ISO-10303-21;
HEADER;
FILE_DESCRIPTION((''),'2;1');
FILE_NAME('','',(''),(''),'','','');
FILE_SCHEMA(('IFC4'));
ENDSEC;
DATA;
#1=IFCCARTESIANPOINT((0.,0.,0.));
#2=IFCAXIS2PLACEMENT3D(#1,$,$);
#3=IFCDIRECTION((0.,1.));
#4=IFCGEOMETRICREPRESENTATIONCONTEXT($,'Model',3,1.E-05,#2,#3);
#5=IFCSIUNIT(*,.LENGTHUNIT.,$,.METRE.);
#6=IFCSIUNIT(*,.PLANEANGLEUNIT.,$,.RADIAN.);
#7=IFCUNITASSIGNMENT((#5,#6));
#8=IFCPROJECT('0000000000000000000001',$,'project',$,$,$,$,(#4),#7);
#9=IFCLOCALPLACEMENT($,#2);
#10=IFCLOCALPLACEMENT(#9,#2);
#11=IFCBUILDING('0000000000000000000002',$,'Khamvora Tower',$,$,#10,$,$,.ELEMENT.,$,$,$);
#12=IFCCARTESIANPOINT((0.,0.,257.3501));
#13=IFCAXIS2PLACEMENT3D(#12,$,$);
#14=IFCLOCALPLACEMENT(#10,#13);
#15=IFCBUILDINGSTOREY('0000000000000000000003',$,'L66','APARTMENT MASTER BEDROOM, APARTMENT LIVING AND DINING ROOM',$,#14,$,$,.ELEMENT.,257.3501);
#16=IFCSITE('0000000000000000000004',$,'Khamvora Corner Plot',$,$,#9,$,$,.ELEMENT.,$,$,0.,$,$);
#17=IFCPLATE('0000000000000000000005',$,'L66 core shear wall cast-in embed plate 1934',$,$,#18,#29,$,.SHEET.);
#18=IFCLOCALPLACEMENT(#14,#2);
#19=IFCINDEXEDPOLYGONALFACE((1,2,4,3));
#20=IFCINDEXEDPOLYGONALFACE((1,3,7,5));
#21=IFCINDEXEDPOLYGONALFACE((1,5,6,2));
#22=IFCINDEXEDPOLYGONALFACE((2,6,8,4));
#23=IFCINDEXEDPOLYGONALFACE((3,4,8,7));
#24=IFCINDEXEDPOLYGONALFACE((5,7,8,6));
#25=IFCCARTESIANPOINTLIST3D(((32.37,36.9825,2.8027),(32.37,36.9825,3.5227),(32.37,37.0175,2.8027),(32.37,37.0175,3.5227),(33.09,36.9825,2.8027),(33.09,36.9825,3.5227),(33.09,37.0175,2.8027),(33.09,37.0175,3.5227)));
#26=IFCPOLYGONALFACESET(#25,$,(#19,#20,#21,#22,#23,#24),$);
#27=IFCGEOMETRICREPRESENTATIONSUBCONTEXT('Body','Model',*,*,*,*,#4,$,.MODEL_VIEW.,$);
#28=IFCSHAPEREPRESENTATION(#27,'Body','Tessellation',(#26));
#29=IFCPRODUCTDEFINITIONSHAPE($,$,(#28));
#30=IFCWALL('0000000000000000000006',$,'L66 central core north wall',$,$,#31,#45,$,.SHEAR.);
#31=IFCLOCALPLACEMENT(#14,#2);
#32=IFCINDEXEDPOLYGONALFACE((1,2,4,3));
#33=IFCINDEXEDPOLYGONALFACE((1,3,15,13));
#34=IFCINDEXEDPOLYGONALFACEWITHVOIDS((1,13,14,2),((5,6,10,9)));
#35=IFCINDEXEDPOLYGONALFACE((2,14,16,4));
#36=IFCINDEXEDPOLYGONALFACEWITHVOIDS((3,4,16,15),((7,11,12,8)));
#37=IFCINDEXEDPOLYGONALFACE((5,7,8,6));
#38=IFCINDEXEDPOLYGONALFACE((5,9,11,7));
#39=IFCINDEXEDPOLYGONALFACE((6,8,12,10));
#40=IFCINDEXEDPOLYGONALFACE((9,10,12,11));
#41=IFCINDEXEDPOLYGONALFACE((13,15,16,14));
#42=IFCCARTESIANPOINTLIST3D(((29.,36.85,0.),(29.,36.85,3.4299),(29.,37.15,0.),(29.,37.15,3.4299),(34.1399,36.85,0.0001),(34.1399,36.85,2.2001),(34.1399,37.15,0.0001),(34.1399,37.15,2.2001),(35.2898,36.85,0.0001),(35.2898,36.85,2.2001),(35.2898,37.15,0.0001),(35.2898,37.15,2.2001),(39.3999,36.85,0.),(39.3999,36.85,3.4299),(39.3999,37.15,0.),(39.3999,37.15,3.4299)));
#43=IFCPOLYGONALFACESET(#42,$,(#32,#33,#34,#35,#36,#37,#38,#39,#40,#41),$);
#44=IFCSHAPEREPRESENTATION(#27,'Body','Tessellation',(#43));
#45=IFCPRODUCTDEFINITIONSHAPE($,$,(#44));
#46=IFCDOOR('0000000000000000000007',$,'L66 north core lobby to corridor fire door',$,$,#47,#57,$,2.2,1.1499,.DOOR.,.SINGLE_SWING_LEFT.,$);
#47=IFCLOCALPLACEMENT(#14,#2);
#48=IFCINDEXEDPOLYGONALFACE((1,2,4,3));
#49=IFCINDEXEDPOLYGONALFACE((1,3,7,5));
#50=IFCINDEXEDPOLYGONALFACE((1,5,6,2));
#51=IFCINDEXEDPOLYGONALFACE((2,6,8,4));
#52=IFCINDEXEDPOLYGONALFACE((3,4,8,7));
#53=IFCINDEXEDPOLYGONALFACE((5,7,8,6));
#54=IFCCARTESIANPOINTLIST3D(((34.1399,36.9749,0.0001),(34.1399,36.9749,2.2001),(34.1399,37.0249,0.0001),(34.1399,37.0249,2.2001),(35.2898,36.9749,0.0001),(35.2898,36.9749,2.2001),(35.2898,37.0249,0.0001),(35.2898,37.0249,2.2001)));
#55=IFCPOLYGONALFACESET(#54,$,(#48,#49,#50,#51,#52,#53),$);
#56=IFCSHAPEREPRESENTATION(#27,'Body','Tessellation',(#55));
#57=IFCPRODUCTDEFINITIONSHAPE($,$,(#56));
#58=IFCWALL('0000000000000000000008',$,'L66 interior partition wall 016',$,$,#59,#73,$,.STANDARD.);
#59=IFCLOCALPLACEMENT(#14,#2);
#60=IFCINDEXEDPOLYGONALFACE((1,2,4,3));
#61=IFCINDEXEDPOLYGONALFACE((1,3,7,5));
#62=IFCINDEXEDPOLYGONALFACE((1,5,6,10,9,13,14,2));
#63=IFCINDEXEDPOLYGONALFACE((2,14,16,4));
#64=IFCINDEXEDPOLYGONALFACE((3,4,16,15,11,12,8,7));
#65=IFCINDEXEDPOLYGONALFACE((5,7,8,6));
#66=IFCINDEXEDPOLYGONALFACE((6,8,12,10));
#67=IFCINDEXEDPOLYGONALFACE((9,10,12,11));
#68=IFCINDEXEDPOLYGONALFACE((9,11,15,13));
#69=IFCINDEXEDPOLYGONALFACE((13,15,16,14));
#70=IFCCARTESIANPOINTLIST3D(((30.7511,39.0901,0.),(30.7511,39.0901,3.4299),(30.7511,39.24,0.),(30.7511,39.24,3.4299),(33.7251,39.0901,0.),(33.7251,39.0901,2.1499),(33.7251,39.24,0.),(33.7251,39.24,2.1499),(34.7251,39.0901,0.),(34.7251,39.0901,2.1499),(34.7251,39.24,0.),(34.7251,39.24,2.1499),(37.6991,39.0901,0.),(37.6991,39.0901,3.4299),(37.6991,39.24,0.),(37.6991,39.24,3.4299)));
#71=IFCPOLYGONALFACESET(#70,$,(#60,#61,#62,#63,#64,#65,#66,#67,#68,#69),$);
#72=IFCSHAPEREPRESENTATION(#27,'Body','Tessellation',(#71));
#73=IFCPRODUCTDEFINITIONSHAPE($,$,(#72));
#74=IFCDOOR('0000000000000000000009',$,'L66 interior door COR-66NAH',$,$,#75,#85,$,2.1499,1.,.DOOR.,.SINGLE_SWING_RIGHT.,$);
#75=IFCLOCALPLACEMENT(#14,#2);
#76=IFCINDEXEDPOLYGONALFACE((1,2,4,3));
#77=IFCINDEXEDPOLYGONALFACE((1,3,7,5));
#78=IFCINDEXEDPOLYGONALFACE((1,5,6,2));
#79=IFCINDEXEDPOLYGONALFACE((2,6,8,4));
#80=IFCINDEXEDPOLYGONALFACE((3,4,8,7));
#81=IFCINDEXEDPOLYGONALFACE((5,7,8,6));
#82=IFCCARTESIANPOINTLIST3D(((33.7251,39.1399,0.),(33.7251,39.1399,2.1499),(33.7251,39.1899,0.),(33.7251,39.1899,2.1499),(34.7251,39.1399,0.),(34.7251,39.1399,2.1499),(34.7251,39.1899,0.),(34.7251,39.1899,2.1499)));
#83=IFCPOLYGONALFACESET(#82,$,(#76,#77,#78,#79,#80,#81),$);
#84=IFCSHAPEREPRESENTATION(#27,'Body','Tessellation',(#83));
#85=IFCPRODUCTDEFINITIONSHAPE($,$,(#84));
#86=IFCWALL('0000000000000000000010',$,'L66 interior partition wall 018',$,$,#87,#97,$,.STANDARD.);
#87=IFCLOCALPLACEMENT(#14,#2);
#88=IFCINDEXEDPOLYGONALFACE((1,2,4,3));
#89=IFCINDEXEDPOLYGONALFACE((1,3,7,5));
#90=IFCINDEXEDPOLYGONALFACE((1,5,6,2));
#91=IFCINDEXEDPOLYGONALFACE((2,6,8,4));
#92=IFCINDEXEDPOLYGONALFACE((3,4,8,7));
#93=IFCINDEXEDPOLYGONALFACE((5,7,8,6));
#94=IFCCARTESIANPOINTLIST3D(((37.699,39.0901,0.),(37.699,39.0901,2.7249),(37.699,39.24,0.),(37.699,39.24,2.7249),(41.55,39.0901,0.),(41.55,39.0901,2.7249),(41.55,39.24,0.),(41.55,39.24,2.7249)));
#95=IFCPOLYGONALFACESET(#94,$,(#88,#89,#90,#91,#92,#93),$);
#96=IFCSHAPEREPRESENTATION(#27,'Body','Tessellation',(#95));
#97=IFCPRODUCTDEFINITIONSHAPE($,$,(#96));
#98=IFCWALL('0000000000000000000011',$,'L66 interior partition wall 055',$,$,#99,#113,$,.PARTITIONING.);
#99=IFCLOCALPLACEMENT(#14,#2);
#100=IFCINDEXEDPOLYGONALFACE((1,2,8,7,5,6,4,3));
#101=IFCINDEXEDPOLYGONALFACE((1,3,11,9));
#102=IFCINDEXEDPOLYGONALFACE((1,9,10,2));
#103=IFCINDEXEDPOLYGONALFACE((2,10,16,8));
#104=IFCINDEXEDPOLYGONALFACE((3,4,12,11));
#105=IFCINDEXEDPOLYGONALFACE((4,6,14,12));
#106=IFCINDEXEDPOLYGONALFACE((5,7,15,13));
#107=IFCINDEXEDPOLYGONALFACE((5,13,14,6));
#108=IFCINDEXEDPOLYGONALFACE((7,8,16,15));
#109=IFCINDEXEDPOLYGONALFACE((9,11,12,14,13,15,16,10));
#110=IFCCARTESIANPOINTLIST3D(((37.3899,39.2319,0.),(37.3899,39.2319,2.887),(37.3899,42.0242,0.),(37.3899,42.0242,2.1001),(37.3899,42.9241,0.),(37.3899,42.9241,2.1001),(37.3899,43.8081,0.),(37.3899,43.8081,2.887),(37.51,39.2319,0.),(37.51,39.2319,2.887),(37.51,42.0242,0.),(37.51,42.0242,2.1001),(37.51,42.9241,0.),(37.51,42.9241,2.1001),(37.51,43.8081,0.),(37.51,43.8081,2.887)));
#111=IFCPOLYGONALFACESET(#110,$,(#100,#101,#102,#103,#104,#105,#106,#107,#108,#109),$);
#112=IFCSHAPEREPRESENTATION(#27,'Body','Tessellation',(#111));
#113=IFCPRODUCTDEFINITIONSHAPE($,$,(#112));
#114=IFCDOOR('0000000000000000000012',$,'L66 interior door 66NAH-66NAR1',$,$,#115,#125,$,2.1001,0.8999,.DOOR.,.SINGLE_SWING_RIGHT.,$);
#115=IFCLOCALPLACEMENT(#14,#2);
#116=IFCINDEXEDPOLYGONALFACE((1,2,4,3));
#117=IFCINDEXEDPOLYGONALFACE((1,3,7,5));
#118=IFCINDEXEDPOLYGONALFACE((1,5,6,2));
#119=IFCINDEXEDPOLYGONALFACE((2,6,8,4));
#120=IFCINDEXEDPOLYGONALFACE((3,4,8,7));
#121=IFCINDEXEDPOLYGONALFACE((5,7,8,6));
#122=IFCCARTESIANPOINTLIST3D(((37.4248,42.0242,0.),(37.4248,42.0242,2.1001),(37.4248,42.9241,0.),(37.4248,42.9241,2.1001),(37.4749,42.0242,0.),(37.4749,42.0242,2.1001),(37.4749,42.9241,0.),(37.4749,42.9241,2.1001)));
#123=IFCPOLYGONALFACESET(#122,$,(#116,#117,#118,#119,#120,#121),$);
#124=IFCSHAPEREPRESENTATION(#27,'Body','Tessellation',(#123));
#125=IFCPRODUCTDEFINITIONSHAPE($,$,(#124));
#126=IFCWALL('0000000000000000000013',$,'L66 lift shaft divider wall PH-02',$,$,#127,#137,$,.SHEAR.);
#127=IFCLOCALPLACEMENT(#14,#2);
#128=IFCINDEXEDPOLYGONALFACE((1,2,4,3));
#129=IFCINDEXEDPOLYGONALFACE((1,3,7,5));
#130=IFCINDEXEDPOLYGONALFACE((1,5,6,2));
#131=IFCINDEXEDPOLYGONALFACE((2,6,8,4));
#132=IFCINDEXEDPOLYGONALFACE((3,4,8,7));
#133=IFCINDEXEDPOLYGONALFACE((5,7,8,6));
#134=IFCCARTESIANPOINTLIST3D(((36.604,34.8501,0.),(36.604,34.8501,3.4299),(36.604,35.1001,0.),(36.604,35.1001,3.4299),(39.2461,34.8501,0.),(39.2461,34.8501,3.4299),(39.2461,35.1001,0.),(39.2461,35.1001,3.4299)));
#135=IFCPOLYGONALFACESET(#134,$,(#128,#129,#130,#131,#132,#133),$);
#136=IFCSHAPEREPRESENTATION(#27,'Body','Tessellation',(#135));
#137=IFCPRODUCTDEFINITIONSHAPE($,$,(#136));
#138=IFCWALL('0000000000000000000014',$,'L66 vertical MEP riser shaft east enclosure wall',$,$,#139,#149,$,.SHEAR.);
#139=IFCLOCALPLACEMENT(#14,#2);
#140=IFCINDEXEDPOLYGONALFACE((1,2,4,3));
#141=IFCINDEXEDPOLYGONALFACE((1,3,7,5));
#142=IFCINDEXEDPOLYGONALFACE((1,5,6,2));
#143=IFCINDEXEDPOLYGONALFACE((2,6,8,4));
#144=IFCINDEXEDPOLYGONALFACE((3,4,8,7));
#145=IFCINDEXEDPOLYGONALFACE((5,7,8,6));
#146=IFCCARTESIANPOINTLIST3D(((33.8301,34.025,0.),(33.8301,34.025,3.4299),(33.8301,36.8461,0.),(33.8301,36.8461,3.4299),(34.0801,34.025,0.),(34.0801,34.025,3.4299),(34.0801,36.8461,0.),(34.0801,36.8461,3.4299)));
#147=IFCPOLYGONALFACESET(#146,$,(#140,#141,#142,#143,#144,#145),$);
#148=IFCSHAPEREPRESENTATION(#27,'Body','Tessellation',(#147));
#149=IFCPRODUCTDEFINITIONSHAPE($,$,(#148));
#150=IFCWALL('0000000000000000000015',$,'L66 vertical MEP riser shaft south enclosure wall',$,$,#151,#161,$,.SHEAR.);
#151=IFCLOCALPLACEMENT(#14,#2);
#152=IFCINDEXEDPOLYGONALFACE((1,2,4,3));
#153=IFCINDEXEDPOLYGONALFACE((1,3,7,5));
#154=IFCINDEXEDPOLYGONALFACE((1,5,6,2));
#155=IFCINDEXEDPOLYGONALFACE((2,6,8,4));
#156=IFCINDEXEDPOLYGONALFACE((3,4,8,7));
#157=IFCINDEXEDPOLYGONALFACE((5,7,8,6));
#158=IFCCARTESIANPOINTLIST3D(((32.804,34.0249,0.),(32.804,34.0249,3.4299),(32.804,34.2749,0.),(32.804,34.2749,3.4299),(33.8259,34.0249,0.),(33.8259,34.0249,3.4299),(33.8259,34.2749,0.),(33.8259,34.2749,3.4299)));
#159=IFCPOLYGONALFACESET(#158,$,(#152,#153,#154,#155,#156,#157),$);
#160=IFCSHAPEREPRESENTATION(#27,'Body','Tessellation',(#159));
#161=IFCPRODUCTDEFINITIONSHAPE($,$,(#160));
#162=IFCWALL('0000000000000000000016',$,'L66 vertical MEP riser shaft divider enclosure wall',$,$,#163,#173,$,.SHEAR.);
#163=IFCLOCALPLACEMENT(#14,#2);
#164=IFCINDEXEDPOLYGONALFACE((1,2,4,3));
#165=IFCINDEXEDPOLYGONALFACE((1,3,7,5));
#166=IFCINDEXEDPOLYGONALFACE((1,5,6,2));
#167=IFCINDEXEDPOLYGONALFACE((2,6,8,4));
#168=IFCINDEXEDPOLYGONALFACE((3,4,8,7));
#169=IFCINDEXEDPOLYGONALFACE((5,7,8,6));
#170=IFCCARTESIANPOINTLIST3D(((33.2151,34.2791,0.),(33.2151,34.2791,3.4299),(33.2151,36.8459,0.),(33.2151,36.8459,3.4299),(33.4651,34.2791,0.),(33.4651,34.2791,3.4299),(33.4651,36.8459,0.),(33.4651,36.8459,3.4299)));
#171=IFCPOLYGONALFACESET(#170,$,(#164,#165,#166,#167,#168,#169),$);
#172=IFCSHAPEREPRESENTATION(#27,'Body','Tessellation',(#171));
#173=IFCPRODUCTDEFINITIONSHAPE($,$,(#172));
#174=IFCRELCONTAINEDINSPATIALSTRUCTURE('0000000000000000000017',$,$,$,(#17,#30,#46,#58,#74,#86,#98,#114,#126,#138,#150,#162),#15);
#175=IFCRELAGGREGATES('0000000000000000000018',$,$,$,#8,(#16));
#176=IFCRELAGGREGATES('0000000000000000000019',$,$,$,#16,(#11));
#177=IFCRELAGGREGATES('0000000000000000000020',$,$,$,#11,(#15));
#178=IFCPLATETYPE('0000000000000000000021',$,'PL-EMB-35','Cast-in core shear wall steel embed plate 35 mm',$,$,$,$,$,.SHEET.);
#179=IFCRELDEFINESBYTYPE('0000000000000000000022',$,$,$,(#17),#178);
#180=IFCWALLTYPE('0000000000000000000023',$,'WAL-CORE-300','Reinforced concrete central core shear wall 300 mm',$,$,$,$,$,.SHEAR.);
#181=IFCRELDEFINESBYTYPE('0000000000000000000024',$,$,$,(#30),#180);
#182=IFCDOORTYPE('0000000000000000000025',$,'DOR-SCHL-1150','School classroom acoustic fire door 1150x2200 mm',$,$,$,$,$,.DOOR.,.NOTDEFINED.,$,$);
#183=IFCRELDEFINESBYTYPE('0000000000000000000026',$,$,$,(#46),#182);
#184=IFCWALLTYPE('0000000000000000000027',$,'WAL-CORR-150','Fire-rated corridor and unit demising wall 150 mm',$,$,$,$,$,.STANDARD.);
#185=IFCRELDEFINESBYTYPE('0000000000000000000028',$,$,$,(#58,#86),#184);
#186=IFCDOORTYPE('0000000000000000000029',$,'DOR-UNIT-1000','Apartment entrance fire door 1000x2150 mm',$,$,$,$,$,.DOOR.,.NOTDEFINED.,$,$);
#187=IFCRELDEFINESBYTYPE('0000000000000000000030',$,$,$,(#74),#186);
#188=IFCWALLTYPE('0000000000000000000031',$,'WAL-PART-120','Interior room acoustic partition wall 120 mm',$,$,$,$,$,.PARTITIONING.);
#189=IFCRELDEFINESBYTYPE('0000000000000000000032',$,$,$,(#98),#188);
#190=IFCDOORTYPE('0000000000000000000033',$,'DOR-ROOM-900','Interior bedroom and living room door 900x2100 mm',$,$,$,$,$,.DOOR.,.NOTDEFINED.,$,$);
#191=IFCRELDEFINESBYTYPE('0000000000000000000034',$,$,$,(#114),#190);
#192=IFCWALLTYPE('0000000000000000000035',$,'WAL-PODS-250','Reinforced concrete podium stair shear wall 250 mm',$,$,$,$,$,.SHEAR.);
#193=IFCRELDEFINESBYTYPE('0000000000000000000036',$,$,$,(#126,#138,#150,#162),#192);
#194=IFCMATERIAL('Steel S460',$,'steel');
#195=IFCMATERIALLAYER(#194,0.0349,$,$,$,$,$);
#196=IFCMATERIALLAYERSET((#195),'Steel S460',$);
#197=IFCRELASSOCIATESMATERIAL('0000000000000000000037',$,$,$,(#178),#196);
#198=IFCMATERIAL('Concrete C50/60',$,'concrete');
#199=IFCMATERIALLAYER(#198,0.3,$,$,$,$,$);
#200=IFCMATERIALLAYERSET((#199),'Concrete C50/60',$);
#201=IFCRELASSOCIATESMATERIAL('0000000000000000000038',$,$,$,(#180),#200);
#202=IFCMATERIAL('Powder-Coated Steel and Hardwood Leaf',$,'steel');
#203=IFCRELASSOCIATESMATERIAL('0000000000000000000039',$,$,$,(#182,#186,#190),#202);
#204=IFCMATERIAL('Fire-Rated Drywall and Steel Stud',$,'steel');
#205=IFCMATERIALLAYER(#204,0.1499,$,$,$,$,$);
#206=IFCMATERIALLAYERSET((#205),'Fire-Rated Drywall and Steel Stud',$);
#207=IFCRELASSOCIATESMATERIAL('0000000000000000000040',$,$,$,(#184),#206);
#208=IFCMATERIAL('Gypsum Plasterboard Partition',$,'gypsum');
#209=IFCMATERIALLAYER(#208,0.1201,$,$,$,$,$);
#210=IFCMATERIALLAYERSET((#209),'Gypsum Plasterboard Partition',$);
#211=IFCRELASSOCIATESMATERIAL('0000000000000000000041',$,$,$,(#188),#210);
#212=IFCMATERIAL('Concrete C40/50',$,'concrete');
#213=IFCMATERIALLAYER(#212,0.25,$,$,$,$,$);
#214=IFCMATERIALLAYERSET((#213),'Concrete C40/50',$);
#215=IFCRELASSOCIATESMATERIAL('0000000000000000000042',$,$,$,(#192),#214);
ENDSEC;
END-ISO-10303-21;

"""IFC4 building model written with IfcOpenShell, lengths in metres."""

from ifc_helpers import new_model, si_unit, direction, frame, frame_2d, origin, origin_2d, place, context, subcontext, project, spatial, rectangle, extrude, material, layer, layer_set, type_object, element, fill, save


model = new_model("IFC4")

# Units and contexts
model_context = context("Model", 3, precision=1e-05, world=origin(), true_north=direction((0.0, 1.0)))
body_context = subcontext(model_context, "Body", "Model", "MODEL_VIEW")
ifc_project = project(units=[si_unit("LENGTHUNIT", "METRE"), si_unit("PLANEANGLEUNIT", "RADIAN")], contexts=[model_context])

# Site, building, storey
site_placement = place(None, origin())
site = spatial("IfcSite", under=ifc_project, at=site_placement, Name="Khamvora Corner Plot", CompositionType="ELEMENT", RefElevation=0.0)
building_placement = place(site_placement, origin())
building = spatial("IfcBuilding", under=site, at=building_placement, Name="Khamvora Tower", CompositionType="ELEMENT")
storey_placement = place(building_placement, frame((0.0, 0.0, 257.3501)))
storey = spatial("IfcBuildingStorey", under=building, at=storey_placement, Name="L66", Description="APARTMENT MASTER BEDROOM, APARTMENT LIVING AND DINING ROOM", CompositionType="ELEMENT", Elevation=257.3501)

# Plate
ifc_material_1 = material(Name="Steel S460", Category="steel")
ifc_layer_1 = layer(ifc_material_1, 0.0349)
ifc_layer_set_1 = layer_set([ifc_layer_1], Name="Steel S460")
plate_type = type_object("IfcPlateType", Name="PL-EMB-35", Description="Cast-in core shear wall steel embed plate 35 mm", PredefinedType="SHEET", material=ifc_layer_set_1)
plate_1_placement = place(storey_placement, frame((32.73, 37.0, 2.8027), z_axis=(0.0, 0.0, 1.0), x_axis=(1.0, 0.0, 0.0)))
element("IfcPlate", 1, at=plate_1_placement, inside=storey, type_object=plate_type, Name="L66 core shear wall cast-in embed plate 1934", PredefinedType="SHEET", context=body_context, shape_type="SweptSolid", body=[
    extrude(rectangle(XDim=0.72, YDim=0.0349, at=origin_2d()), origin(), (0.0, 0.0, 1.0), 0.72),
])

# Walls, openings, doors
ifc_material_2 = material(Name="Concrete C50/60", Category="concrete")
ifc_layer_2 = layer(ifc_material_2, 0.3)
ifc_layer_set_2 = layer_set([ifc_layer_2], Name="Concrete C50/60")
wall_type_1 = type_object("IfcWallType", Name="WAL-CORE-300", Description="Reinforced concrete central core shear wall 300 mm", PredefinedType="SHEAR", material=ifc_layer_set_2)
wall_1_placement = place(storey_placement, frame((29.0, 37.0, 0.0), z_axis=(0.0, 0.0, 1.0), x_axis=(1.0, 0.0, 0.0)))
wall_1 = element("IfcWall", 2, at=wall_1_placement, inside=storey, type_object=wall_type_1, Name="L66 central core north wall", PredefinedType="SHEAR", context=body_context, shape_type="SweptSolid", body=[
    extrude(rectangle(XDim=10.3999, YDim=0.3, at=frame_2d((5.2, 0.0))), origin(), (0.0, 0.0, 1.0), 3.4299),
])
opening_1_placement = place(wall_1_placement, frame((5.1399, 0.0, 0.0)))
opening_1 = element("IfcOpeningElement", 3, at=opening_1_placement, cuts=wall_1, PredefinedType="OPENING", context=body_context, shape_type="SweptSolid", body=[
    extrude(rectangle(XDim=1.1499, YDim=2.2, at=frame_2d((0.575, 1.1001))), frame((0.0, 0.1599, 0.0), z_axis=(0.0, -1.0, 0.0), x_axis=(1.0, 0.0, 0.0)), (0.0, 0.0, 1.0), 0.3201),
])
ifc_material_3 = material(Name="Powder-Coated Steel and Hardwood Leaf", Category="steel")
door_type_1 = type_object("IfcDoorType", Name="DOR-SCHL-1150", Description="School classroom acoustic fire door 1150x2200 mm", OperationType="NOTDEFINED", PredefinedType="DOOR", material=ifc_material_3)
door_1_placement = place(opening_1_placement, origin())
door_1 = element("IfcDoor", 4, at=door_1_placement, inside=storey, type_object=door_type_1, Name="L66 north core lobby to corridor fire door", OperationType="SINGLE_SWING_LEFT", OverallHeight=2.2, OverallWidth=1.1499, PredefinedType="DOOR", context=body_context, shape_type="SweptSolid", body=[
    extrude(rectangle(XDim=1.1499, YDim=2.2, at=frame_2d((0.575, 1.1001))), frame((0.0, 0.0249, 0.0), z_axis=(0.0, -1.0, 0.0), x_axis=(1.0, 0.0, 0.0)), (0.0, 0.0, 1.0), 0.05),
])
fill(opening_1, door_1)
ifc_material_4 = material(Name="Fire-Rated Drywall and Steel Stud", Category="steel")
ifc_layer_3 = layer(ifc_material_4, 0.1499)
ifc_layer_set_3 = layer_set([ifc_layer_3], Name="Fire-Rated Drywall and Steel Stud")
wall_type_2 = type_object("IfcWallType", Name="WAL-CORR-150", Description="Fire-rated corridor and unit demising wall 150 mm", PredefinedType="STANDARD", material=ifc_layer_set_3)
wall_2_placement = place(storey_placement, frame((30.751, 39.165, 0.0), z_axis=(0.0, 0.0, 1.0), x_axis=(1.0, 0.0, 0.0)))
wall_2 = element("IfcWall", 5, at=wall_2_placement, inside=storey, type_object=wall_type_2, Name="L66 interior partition wall 016", PredefinedType="STANDARD", context=body_context, shape_type="SweptSolid", body=[
    extrude(rectangle(XDim=6.948, YDim=0.1499, at=frame_2d((3.4741, 0.0))), origin(), (0.0, 0.0, 1.0), 3.4299),
])
opening_2_placement = place(wall_2_placement, frame((2.9741, 0.0, 0.0)))
opening_2 = element("IfcOpeningElement", 6, at=opening_2_placement, cuts=wall_2, PredefinedType="OPENING", context=body_context, shape_type="SweptSolid", body=[
    extrude(rectangle(XDim=1.0, YDim=2.1499, at=frame_2d((0.5, 1.075))), frame((0.0, 0.085, 0.0), z_axis=(0.0, -1.0, 0.0), x_axis=(1.0, 0.0, 0.0)), (0.0, 0.0, 1.0), 0.1699),
])
door_type_2 = type_object("IfcDoorType", Name="DOR-UNIT-1000", Description="Apartment entrance fire door 1000x2150 mm", OperationType="NOTDEFINED", PredefinedType="DOOR", material=ifc_material_3)
door_2_placement = place(opening_2_placement, origin())
door_2 = element("IfcDoor", 7, at=door_2_placement, inside=storey, type_object=door_type_2, Name="L66 interior door COR-66NAH", OperationType="SINGLE_SWING_RIGHT", OverallHeight=2.1499, OverallWidth=1.0, PredefinedType="DOOR", context=body_context, shape_type="SweptSolid", body=[
    extrude(rectangle(XDim=1.0, YDim=2.1499, at=frame_2d((0.5, 1.075))), frame((0.0, 0.0249, 0.0), z_axis=(0.0, -1.0, 0.0), x_axis=(1.0, 0.0, 0.0)), (0.0, 0.0, 1.0), 0.05),
])
fill(opening_2, door_2)

# Wall
wall_3_placement = place(storey_placement, frame((37.699, 39.165, 0.0), z_axis=(0.0, 0.0, 1.0), x_axis=(1.0, 0.0, 0.0)))
element("IfcWall", 8, at=wall_3_placement, inside=storey, type_object=wall_type_2, Name="L66 interior partition wall 018", PredefinedType="STANDARD", context=body_context, shape_type="SweptSolid", body=[
    extrude(rectangle(XDim=3.8511, YDim=0.1499, at=frame_2d((1.9255, 0.0))), origin(), (0.0, 0.0, 1.0), 2.7249),
])

# Wall, opening, door
ifc_material_5 = material(Name="Gypsum Plasterboard Partition", Category="gypsum")
ifc_layer_4 = layer(ifc_material_5, 0.1201)
ifc_layer_set_4 = layer_set([ifc_layer_4], Name="Gypsum Plasterboard Partition")
wall_type_3 = type_object("IfcWallType", Name="WAL-PART-120", Description="Interior room acoustic partition wall 120 mm", PredefinedType="PARTITIONING", material=ifc_layer_set_4)
wall_4_placement = place(storey_placement, frame((37.45, 43.8081, 0.0), z_axis=(0.0, 0.0, 1.0), x_axis=(0.0, -1.0, 0.0)))
wall_4 = element("IfcWall", 9, at=wall_4_placement, inside=storey, type_object=wall_type_3, Name="L66 interior partition wall 055", PredefinedType="PARTITIONING", context=body_context, shape_type="SweptSolid", body=[
    extrude(rectangle(XDim=4.5762, YDim=0.1201, at=frame_2d((2.2881, 0.0))), origin(), (0.0, 0.0, 1.0), 2.887),
])
opening_3_placement = place(wall_4_placement, frame((0.884, 0.0, 0.0)))
opening_3 = element("IfcOpeningElement", 10, at=opening_3_placement, cuts=wall_4, PredefinedType="OPENING", context=body_context, shape_type="SweptSolid", body=[
    extrude(rectangle(XDim=0.8999, YDim=2.1001, at=frame_2d((0.45, 1.05))), frame((0.0, 0.0701, 0.0), z_axis=(0.0, -1.0, 0.0), x_axis=(1.0, 0.0, 0.0)), (0.0, 0.0, 1.0), 0.1401),
])
door_type_3 = type_object("IfcDoorType", Name="DOR-ROOM-900", Description="Interior bedroom and living room door 900x2100 mm", OperationType="NOTDEFINED", PredefinedType="DOOR", material=ifc_material_3)
door_3_placement = place(opening_3_placement, origin())
door_3 = element("IfcDoor", 11, at=door_3_placement, inside=storey, type_object=door_type_3, Name="L66 interior door 66NAH-66NAR1", OperationType="SINGLE_SWING_RIGHT", OverallHeight=2.1001, OverallWidth=0.8999, PredefinedType="DOOR", context=body_context, shape_type="SweptSolid", body=[
    extrude(rectangle(XDim=0.8999, YDim=2.1001, at=frame_2d((0.45, 1.05))), frame((0.0, 0.0249, 0.0), z_axis=(0.0, -1.0, 0.0), x_axis=(1.0, 0.0, 0.0)), (0.0, 0.0, 1.0), 0.05),
])
fill(opening_3, door_3)

# Walls
ifc_material_6 = material(Name="Concrete C40/50", Category="concrete")
ifc_layer_5 = layer(ifc_material_6, 0.25)
ifc_layer_set_5 = layer_set([ifc_layer_5], Name="Concrete C40/50")
wall_type_4 = type_object("IfcWallType", Name="WAL-PODS-250", Description="Reinforced concrete podium stair shear wall 250 mm", PredefinedType="SHEAR", material=ifc_layer_set_5)
wall_5_placement = place(storey_placement, frame((36.604, 34.9751, 0.0), z_axis=(0.0, 0.0, 1.0), x_axis=(1.0, 0.0, 0.0)))
element("IfcWall", 12, at=wall_5_placement, inside=storey, type_object=wall_type_4, Name="L66 lift shaft divider wall PH-02", PredefinedType="SHEAR", context=body_context, shape_type="SweptSolid", body=[
    extrude(rectangle(XDim=2.6421, YDim=0.25, at=frame_2d((1.321, 0.0))), origin(), (0.0, 0.0, 1.0), 3.4299),
])
wall_6_placement = place(storey_placement, frame((33.9551, 34.0249, 0.0), z_axis=(0.0, 0.0, 1.0), x_axis=(0.0, 1.0, 0.0)))
element("IfcWall", 13, at=wall_6_placement, inside=storey, type_object=wall_type_4, Name="L66 vertical MEP riser shaft east enclosure wall", PredefinedType="SHEAR", context=body_context, shape_type="SweptSolid", body=[
    extrude(rectangle(XDim=2.821, YDim=0.25, at=frame_2d((1.4106, 0.0))), origin(), (0.0, 0.0, 1.0), 3.4299),
])
wall_7_placement = place(storey_placement, frame((32.804, 34.1499, 0.0), z_axis=(0.0, 0.0, 1.0), x_axis=(1.0, 0.0, 0.0)))
element("IfcWall", 14, at=wall_7_placement, inside=storey, type_object=wall_type_4, Name="L66 vertical MEP riser shaft south enclosure wall", PredefinedType="SHEAR", context=body_context, shape_type="SweptSolid", body=[
    extrude(rectangle(XDim=1.022, YDim=0.25, at=frame_2d((0.511, 0.0))), origin(), (0.0, 0.0, 1.0), 3.4299),
])
wall_8_placement = place(storey_placement, frame((33.3401, 34.2791, 0.0), z_axis=(0.0, 0.0, 1.0), x_axis=(0.0, 1.0, 0.0)))
element("IfcWall", 15, at=wall_8_placement, inside=storey, type_object=wall_type_4, Name="L66 vertical MEP riser shaft divider enclosure wall", PredefinedType="SHEAR", context=body_context, shape_type="SweptSolid", body=[
    extrude(rectangle(XDim=2.5669, YDim=0.25, at=frame_2d((1.2834, 0.0))), origin(), (0.0, 0.0, 1.0), 3.4299),
])

save(model, "model.ifc")
